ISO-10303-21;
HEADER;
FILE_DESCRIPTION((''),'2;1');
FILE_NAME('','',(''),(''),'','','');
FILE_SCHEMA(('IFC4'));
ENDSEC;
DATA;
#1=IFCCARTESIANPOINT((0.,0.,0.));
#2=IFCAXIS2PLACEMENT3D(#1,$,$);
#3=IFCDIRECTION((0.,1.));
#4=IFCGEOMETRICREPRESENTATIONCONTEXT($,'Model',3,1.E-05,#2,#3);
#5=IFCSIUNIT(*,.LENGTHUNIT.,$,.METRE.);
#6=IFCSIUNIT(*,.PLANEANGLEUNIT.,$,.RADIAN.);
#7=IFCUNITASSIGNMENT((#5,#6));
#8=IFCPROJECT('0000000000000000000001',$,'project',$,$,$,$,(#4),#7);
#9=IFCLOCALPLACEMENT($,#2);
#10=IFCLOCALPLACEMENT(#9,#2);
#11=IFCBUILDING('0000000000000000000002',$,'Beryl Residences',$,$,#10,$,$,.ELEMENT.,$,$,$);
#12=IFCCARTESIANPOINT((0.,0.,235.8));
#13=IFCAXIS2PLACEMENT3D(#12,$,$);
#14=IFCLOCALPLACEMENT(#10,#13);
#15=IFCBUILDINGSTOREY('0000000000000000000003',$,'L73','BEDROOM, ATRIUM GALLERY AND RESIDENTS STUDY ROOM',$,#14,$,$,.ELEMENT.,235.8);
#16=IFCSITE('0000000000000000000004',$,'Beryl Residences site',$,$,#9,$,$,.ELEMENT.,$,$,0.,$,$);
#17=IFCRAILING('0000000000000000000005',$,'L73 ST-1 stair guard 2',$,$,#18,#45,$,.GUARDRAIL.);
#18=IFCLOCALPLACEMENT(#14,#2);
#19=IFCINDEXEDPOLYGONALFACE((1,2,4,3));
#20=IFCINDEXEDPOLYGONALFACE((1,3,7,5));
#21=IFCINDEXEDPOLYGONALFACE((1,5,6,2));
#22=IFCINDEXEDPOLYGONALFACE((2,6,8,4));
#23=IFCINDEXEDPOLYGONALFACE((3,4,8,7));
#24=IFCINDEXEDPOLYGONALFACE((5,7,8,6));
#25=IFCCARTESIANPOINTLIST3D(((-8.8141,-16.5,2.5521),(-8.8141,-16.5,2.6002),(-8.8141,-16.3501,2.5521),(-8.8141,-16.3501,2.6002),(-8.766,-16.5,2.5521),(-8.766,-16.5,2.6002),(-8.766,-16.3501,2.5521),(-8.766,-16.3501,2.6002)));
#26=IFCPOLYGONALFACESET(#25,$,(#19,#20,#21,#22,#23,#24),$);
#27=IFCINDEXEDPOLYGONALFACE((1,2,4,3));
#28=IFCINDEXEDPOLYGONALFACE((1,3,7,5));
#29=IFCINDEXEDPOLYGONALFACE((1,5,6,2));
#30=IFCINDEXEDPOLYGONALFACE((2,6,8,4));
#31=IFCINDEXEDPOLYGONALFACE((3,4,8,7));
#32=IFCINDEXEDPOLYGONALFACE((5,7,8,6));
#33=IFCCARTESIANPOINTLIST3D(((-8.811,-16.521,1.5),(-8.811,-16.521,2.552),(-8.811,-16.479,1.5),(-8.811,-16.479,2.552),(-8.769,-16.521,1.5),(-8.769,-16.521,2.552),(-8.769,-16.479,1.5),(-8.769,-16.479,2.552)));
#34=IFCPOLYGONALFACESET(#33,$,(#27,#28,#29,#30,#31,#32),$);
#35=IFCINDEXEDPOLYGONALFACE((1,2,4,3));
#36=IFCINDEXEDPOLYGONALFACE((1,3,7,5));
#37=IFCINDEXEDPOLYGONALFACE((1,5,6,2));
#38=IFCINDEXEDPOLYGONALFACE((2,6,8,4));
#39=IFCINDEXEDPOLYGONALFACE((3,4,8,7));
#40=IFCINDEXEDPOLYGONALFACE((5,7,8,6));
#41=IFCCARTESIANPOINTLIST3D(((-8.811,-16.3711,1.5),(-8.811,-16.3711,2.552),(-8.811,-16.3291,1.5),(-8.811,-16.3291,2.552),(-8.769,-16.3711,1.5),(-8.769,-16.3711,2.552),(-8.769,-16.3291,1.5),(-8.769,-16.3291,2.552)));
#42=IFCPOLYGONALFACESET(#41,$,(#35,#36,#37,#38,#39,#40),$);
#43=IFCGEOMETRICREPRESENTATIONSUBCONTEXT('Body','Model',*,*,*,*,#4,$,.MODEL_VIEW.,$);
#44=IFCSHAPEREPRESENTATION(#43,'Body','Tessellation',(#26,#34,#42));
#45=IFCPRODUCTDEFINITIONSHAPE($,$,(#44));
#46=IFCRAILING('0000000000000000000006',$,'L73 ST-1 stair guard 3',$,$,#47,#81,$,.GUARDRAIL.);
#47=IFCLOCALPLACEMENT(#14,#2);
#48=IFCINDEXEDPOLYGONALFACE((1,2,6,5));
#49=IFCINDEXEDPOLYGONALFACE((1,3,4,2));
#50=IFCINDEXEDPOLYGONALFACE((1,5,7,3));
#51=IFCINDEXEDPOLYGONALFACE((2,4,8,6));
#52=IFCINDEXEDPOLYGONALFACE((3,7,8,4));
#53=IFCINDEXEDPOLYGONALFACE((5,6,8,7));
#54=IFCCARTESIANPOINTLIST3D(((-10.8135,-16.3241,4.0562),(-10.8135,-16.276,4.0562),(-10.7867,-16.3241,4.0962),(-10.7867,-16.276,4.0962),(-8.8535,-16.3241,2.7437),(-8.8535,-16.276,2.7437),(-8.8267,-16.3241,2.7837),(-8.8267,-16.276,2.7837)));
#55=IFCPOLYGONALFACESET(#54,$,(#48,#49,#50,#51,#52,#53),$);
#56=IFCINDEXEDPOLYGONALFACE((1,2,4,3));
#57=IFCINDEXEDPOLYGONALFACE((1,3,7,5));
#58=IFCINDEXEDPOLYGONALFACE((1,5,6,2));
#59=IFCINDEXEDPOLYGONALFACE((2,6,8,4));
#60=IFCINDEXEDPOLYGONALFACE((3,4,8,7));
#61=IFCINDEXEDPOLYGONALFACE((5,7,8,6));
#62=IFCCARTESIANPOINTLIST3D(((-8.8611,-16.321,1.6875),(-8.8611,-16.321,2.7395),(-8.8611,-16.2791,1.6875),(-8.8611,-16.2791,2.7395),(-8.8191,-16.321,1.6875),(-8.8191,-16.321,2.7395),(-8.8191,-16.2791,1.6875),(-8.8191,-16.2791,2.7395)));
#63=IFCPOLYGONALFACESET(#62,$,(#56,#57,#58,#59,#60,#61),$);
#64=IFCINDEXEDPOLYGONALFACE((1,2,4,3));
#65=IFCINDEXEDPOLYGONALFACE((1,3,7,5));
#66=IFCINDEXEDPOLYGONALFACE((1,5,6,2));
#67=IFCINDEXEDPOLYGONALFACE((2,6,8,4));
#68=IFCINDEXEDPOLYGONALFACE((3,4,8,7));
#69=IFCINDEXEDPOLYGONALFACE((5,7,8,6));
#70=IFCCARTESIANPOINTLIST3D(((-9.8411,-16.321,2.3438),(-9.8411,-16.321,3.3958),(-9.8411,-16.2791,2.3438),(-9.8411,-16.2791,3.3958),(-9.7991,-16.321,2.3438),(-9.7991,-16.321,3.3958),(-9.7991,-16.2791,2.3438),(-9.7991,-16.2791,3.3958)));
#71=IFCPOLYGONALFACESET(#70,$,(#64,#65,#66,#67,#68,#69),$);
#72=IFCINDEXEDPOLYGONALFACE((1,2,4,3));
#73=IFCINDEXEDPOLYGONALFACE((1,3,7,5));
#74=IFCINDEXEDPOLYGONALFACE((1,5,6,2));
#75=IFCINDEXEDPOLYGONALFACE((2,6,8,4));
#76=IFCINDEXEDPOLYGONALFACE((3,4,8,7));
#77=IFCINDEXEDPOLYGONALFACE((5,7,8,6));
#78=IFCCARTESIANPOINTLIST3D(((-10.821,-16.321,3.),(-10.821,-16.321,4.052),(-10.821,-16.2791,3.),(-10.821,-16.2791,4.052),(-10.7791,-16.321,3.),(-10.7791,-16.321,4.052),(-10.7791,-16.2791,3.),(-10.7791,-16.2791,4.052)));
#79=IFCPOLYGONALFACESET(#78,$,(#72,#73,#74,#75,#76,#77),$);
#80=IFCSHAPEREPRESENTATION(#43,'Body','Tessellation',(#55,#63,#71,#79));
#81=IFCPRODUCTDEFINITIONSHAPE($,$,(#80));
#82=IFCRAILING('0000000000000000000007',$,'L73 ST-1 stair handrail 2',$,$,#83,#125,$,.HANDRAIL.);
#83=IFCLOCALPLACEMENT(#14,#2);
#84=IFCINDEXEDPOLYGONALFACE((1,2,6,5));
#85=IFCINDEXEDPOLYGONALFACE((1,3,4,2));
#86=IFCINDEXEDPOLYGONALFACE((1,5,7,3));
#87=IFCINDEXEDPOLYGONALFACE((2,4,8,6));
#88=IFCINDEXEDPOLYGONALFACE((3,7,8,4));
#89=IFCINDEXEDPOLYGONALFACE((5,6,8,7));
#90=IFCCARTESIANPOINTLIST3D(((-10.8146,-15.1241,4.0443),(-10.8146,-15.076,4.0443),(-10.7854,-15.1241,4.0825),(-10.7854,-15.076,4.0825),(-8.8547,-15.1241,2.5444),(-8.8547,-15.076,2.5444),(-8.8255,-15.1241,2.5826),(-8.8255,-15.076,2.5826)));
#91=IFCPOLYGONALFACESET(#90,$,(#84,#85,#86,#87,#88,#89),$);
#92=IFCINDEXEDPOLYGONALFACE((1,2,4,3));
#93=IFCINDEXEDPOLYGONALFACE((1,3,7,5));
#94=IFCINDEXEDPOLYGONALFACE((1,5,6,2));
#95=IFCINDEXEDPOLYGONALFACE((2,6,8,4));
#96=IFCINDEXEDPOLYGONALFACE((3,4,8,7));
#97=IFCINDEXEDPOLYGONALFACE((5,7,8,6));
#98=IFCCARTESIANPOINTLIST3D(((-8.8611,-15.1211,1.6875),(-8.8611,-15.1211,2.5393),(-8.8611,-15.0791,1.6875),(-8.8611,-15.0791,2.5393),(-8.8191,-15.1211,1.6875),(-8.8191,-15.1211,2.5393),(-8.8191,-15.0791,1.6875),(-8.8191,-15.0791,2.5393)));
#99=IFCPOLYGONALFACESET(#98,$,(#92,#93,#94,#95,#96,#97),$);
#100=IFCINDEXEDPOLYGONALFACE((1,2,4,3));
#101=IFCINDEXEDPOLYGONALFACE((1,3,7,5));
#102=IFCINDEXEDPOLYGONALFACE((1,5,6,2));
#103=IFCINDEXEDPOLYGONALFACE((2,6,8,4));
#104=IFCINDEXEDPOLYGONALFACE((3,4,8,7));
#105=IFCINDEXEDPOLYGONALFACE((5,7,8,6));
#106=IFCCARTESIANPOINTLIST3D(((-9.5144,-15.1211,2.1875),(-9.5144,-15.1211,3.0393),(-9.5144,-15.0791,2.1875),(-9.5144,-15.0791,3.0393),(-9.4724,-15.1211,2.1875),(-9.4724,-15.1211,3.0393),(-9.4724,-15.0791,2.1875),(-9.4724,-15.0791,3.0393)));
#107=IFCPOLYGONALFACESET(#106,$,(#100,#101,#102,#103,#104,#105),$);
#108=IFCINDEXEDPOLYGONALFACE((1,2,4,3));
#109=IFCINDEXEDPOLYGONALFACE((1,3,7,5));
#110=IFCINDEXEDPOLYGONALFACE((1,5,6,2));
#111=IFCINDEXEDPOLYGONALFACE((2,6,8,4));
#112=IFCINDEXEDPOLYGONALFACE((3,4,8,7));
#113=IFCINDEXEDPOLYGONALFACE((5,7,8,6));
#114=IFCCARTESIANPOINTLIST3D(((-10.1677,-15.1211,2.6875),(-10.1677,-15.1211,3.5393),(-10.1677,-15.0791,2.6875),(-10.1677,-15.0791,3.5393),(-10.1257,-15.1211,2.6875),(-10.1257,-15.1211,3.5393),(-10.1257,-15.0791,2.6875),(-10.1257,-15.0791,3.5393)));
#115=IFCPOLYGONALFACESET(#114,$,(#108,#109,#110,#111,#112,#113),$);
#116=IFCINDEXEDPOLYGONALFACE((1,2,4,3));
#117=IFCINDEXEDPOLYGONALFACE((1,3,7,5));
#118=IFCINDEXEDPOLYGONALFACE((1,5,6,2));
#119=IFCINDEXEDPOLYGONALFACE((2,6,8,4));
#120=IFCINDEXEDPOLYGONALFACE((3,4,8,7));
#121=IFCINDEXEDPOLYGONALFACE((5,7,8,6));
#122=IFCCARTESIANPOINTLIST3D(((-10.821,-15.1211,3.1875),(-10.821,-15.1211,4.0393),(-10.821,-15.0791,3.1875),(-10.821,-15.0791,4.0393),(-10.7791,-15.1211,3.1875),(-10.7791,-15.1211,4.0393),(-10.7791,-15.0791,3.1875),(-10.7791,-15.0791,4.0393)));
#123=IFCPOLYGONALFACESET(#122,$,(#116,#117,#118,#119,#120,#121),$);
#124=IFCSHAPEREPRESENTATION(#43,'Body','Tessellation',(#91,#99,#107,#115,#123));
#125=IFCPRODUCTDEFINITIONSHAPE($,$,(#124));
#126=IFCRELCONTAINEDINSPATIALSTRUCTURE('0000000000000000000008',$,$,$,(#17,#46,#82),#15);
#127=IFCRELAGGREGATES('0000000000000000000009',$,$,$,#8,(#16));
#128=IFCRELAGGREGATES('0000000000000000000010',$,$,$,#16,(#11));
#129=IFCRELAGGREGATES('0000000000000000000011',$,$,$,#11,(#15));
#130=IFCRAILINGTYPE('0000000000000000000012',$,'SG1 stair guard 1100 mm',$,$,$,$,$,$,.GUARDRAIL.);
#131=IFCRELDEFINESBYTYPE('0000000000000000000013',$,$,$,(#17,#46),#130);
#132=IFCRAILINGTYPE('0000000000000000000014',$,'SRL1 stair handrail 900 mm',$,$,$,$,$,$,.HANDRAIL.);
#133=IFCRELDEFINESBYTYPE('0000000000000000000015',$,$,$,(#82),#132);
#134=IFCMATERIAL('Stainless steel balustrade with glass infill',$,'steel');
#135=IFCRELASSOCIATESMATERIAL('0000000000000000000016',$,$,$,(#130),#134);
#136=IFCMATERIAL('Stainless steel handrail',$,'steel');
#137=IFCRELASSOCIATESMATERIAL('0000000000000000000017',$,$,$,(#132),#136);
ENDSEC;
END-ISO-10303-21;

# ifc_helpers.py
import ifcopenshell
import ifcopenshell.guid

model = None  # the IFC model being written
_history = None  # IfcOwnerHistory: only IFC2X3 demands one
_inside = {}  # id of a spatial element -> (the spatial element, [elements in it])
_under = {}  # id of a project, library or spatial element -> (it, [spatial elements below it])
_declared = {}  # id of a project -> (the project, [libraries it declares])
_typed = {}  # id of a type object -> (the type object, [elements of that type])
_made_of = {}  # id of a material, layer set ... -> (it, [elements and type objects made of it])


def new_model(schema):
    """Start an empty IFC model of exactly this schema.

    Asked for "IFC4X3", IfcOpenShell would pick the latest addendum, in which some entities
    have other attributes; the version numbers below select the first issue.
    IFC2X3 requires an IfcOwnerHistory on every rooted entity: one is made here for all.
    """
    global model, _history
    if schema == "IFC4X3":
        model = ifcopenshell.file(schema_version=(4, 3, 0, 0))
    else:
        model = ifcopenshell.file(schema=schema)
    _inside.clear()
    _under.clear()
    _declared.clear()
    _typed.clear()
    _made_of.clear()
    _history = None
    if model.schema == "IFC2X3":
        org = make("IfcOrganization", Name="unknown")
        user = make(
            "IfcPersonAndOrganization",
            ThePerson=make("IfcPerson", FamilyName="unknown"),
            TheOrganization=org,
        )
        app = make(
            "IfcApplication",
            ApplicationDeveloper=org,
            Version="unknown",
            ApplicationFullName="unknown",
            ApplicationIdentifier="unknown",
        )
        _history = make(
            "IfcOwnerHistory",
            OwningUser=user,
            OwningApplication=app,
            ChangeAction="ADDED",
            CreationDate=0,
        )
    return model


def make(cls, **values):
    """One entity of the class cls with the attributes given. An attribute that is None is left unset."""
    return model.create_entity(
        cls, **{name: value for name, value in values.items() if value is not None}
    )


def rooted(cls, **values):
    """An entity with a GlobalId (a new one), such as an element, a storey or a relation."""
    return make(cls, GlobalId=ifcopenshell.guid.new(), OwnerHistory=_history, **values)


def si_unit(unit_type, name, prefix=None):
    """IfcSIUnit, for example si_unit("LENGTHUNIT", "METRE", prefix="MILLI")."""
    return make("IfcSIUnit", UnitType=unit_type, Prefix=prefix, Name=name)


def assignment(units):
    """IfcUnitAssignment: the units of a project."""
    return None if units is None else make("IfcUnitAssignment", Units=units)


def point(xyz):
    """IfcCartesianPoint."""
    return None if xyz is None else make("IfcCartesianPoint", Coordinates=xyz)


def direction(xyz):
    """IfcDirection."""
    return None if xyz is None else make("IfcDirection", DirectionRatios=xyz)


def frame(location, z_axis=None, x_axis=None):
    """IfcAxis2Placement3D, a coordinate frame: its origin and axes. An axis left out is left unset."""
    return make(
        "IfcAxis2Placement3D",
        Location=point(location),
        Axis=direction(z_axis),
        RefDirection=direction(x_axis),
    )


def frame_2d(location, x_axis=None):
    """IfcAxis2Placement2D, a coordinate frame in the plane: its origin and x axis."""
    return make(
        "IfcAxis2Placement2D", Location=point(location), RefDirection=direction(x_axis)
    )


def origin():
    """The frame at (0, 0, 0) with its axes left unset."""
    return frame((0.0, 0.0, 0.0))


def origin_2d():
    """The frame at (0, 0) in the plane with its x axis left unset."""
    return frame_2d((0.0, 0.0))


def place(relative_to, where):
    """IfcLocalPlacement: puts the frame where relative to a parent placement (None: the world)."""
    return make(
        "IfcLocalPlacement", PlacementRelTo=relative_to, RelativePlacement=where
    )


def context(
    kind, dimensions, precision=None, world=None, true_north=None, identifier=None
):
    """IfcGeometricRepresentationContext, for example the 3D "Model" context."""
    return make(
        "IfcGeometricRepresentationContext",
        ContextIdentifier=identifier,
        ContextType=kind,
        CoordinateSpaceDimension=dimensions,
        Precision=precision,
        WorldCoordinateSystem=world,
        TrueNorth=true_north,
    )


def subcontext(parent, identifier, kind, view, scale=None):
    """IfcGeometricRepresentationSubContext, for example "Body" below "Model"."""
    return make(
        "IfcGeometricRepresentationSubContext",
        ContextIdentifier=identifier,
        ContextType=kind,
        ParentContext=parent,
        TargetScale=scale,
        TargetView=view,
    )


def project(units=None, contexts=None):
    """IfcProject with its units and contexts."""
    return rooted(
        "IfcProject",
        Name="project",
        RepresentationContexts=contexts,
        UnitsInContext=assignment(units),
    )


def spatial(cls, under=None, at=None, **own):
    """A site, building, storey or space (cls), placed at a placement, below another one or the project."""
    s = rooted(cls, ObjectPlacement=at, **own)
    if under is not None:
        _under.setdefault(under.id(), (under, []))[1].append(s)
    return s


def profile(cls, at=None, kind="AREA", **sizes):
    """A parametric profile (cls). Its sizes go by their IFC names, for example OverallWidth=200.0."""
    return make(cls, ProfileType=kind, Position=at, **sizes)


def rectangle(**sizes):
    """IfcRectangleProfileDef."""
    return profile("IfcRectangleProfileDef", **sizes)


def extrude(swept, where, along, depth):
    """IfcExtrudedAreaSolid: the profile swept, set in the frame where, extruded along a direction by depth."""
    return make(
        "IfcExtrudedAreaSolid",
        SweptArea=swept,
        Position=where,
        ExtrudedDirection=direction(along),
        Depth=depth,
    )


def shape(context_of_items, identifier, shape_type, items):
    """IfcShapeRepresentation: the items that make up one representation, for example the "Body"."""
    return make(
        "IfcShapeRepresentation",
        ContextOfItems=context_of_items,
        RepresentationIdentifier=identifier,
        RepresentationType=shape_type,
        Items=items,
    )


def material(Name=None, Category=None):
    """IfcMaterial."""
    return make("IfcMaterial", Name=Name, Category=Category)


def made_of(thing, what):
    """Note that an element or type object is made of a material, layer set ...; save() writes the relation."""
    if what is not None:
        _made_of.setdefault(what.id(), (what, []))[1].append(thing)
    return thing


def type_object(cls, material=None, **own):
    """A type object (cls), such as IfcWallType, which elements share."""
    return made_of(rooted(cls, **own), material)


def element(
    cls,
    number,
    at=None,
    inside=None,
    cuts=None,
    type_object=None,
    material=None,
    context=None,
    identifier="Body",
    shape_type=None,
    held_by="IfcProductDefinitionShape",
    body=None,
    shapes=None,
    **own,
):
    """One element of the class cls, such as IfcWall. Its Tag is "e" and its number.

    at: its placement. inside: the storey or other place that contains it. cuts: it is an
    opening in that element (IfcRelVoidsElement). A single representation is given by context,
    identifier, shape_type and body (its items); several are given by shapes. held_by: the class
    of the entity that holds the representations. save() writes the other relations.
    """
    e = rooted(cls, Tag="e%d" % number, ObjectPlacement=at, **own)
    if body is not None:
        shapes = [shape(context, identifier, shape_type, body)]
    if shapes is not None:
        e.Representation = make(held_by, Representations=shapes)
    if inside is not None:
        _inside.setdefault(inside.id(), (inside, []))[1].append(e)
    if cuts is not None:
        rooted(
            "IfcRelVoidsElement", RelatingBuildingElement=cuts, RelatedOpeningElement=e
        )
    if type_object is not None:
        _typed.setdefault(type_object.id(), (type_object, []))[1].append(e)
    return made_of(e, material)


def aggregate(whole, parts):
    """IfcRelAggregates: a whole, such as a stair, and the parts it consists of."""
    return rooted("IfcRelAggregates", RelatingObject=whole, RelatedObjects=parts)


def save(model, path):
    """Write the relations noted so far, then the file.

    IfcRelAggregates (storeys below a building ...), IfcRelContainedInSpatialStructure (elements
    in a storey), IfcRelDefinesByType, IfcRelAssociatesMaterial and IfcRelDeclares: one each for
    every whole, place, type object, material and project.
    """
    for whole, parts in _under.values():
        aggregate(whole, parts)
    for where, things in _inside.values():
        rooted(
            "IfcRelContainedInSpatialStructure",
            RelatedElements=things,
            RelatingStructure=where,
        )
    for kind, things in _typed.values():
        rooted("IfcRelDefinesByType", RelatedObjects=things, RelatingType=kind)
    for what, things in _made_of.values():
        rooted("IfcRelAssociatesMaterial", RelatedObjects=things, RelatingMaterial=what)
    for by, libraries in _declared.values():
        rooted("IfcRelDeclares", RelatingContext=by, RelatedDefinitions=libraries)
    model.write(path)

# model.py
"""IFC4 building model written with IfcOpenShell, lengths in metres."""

from ifc_helpers import new_model, si_unit, direction, frame, origin, origin_2d, place, context, subcontext, project, spatial, rectangle, extrude, material, type_object, element, save


model = new_model("IFC4")

# Units and contexts
model_context = context("Model", 3, precision=1e-05, world=origin(), true_north=direction((0.0, 1.0)))
body_context = subcontext(model_context, "Body", "Model", "MODEL_VIEW")
ifc_project = project(units=[si_unit("LENGTHUNIT", "METRE"), si_unit("PLANEANGLEUNIT", "RADIAN")], contexts=[model_context])

# Site, building, storey
site_placement = place(None, origin())
site = spatial("IfcSite", under=ifc_project, at=site_placement, Name="Beryl Residences site", CompositionType="ELEMENT", RefElevation=0.0)
building_placement = place(site_placement, origin())
building = spatial("IfcBuilding", under=site, at=building_placement, Name="Beryl Residences", CompositionType="ELEMENT")
storey_placement = place(building_placement, frame((0.0, 0.0, 235.8)))
storey = spatial("IfcBuildingStorey", under=building, at=storey_placement, Name="L73", Description="BEDROOM, ATRIUM GALLERY AND RESIDENTS STUDY ROOM", CompositionType="ELEMENT", Elevation=235.8)

# Railings
ifc_material_1 = material(Name="Stainless steel balustrade with glass infill", Category="steel")
railing_type_1 = type_object("IfcRailingType", Name="SG1 stair guard 1100 mm", PredefinedType="GUARDRAIL", material=ifc_material_1)
railing_1_placement = place(storey_placement, frame((-8.79, -16.5, 1.5)))
element("IfcRailing", 1, at=railing_1_placement, inside=storey, type_object=railing_type_1, Name="L73 ST-1 stair guard 2", PredefinedType="GUARDRAIL", context=body_context, shape_type="SweptSolid", body=[
    extrude(rectangle(XDim=0.0481, YDim=0.0481, at=origin_2d()), frame((0.0, 0.0, 1.0762), z_axis=(0.0, 1.0, 0.0), x_axis=(-1.0, 0.0, 0.0)), (0.0, 0.0, 1.0), 0.1499),
    extrude(rectangle(XDim=0.042, YDim=0.042, at=origin_2d()), origin(), (0.0, 0.0, 1.0), 1.052),
    extrude(rectangle(XDim=0.042, YDim=0.042, at=origin_2d()), frame((0.0, 0.1499, 0.0)), (0.0, 0.0, 1.0), 1.052),
])
railing_2_placement = place(storey_placement, frame((-8.8401, -16.3, 1.6875)))
element("IfcRailing", 2, at=railing_2_placement, inside=storey, type_object=railing_type_1, Name="L73 ST-1 stair guard 3", PredefinedType="GUARDRAIL", context=body_context, shape_type="SweptSolid", body=[
    extrude(rectangle(XDim=0.0481, YDim=0.0481, at=origin_2d()), frame((0.0, 0.0, 1.0762), z_axis=(-0.830902, 0.0, 0.556419), x_axis=(0.0, -1.0, 0.0)), (0.0, 0.0, 1.0), 2.3589),
    extrude(rectangle(XDim=0.042, YDim=0.042, at=origin_2d()), origin(), (0.0, 0.0, 1.0), 1.052),
    extrude(rectangle(XDim=0.042, YDim=0.042, at=origin_2d()), frame((-0.98, 0.0, 0.6562)), (0.0, 0.0, 1.0), 1.052),
    extrude(rectangle(XDim=0.042, YDim=0.042, at=origin_2d()), frame((-1.96, 0.0, 1.3125)), (0.0, 0.0, 1.0), 1.052),
])
ifc_material_2 = material(Name="Stainless steel handrail", Category="steel")
railing_type_2 = type_object("IfcRailingType", Name="SRL1 stair handrail 900 mm", PredefinedType="HANDRAIL", material=ifc_material_2)
railing_3_placement = place(storey_placement, frame((-8.8401, -15.1001, 1.6875)))
element("IfcRailing", 3, at=railing_3_placement, inside=storey, type_object=railing_type_2, Name="L73 ST-1 stair handrail 2", PredefinedType="HANDRAIL", context=body_context, shape_type="SweptSolid", body=[
    extrude(rectangle(XDim=0.0481, YDim=0.0481, at=origin_2d()), frame((0.0, 0.0, 0.876), z_axis=(-0.794122, 0.0, 0.607758), x_axis=(0.0, -1.0, 0.0)), (0.0, 0.0, 1.0), 2.468),
    extrude(rectangle(XDim=0.042, YDim=0.042, at=origin_2d()), origin(), (0.0, 0.0, 1.0), 0.8518),
    extrude(rectangle(XDim=0.042, YDim=0.042, at=origin_2d()), frame((-0.6533, 0.0, 0.5)), (0.0, 0.0, 1.0), 0.8518),
    extrude(rectangle(XDim=0.042, YDim=0.042, at=origin_2d()), frame((-1.3066, 0.0, 1.0)), (0.0, 0.0, 1.0), 0.8518),
    extrude(rectangle(XDim=0.042, YDim=0.042, at=origin_2d()), frame((-1.96, 0.0, 1.5)), (0.0, 0.0, 1.0), 0.8518),
])

save(model, "model.ifc")
